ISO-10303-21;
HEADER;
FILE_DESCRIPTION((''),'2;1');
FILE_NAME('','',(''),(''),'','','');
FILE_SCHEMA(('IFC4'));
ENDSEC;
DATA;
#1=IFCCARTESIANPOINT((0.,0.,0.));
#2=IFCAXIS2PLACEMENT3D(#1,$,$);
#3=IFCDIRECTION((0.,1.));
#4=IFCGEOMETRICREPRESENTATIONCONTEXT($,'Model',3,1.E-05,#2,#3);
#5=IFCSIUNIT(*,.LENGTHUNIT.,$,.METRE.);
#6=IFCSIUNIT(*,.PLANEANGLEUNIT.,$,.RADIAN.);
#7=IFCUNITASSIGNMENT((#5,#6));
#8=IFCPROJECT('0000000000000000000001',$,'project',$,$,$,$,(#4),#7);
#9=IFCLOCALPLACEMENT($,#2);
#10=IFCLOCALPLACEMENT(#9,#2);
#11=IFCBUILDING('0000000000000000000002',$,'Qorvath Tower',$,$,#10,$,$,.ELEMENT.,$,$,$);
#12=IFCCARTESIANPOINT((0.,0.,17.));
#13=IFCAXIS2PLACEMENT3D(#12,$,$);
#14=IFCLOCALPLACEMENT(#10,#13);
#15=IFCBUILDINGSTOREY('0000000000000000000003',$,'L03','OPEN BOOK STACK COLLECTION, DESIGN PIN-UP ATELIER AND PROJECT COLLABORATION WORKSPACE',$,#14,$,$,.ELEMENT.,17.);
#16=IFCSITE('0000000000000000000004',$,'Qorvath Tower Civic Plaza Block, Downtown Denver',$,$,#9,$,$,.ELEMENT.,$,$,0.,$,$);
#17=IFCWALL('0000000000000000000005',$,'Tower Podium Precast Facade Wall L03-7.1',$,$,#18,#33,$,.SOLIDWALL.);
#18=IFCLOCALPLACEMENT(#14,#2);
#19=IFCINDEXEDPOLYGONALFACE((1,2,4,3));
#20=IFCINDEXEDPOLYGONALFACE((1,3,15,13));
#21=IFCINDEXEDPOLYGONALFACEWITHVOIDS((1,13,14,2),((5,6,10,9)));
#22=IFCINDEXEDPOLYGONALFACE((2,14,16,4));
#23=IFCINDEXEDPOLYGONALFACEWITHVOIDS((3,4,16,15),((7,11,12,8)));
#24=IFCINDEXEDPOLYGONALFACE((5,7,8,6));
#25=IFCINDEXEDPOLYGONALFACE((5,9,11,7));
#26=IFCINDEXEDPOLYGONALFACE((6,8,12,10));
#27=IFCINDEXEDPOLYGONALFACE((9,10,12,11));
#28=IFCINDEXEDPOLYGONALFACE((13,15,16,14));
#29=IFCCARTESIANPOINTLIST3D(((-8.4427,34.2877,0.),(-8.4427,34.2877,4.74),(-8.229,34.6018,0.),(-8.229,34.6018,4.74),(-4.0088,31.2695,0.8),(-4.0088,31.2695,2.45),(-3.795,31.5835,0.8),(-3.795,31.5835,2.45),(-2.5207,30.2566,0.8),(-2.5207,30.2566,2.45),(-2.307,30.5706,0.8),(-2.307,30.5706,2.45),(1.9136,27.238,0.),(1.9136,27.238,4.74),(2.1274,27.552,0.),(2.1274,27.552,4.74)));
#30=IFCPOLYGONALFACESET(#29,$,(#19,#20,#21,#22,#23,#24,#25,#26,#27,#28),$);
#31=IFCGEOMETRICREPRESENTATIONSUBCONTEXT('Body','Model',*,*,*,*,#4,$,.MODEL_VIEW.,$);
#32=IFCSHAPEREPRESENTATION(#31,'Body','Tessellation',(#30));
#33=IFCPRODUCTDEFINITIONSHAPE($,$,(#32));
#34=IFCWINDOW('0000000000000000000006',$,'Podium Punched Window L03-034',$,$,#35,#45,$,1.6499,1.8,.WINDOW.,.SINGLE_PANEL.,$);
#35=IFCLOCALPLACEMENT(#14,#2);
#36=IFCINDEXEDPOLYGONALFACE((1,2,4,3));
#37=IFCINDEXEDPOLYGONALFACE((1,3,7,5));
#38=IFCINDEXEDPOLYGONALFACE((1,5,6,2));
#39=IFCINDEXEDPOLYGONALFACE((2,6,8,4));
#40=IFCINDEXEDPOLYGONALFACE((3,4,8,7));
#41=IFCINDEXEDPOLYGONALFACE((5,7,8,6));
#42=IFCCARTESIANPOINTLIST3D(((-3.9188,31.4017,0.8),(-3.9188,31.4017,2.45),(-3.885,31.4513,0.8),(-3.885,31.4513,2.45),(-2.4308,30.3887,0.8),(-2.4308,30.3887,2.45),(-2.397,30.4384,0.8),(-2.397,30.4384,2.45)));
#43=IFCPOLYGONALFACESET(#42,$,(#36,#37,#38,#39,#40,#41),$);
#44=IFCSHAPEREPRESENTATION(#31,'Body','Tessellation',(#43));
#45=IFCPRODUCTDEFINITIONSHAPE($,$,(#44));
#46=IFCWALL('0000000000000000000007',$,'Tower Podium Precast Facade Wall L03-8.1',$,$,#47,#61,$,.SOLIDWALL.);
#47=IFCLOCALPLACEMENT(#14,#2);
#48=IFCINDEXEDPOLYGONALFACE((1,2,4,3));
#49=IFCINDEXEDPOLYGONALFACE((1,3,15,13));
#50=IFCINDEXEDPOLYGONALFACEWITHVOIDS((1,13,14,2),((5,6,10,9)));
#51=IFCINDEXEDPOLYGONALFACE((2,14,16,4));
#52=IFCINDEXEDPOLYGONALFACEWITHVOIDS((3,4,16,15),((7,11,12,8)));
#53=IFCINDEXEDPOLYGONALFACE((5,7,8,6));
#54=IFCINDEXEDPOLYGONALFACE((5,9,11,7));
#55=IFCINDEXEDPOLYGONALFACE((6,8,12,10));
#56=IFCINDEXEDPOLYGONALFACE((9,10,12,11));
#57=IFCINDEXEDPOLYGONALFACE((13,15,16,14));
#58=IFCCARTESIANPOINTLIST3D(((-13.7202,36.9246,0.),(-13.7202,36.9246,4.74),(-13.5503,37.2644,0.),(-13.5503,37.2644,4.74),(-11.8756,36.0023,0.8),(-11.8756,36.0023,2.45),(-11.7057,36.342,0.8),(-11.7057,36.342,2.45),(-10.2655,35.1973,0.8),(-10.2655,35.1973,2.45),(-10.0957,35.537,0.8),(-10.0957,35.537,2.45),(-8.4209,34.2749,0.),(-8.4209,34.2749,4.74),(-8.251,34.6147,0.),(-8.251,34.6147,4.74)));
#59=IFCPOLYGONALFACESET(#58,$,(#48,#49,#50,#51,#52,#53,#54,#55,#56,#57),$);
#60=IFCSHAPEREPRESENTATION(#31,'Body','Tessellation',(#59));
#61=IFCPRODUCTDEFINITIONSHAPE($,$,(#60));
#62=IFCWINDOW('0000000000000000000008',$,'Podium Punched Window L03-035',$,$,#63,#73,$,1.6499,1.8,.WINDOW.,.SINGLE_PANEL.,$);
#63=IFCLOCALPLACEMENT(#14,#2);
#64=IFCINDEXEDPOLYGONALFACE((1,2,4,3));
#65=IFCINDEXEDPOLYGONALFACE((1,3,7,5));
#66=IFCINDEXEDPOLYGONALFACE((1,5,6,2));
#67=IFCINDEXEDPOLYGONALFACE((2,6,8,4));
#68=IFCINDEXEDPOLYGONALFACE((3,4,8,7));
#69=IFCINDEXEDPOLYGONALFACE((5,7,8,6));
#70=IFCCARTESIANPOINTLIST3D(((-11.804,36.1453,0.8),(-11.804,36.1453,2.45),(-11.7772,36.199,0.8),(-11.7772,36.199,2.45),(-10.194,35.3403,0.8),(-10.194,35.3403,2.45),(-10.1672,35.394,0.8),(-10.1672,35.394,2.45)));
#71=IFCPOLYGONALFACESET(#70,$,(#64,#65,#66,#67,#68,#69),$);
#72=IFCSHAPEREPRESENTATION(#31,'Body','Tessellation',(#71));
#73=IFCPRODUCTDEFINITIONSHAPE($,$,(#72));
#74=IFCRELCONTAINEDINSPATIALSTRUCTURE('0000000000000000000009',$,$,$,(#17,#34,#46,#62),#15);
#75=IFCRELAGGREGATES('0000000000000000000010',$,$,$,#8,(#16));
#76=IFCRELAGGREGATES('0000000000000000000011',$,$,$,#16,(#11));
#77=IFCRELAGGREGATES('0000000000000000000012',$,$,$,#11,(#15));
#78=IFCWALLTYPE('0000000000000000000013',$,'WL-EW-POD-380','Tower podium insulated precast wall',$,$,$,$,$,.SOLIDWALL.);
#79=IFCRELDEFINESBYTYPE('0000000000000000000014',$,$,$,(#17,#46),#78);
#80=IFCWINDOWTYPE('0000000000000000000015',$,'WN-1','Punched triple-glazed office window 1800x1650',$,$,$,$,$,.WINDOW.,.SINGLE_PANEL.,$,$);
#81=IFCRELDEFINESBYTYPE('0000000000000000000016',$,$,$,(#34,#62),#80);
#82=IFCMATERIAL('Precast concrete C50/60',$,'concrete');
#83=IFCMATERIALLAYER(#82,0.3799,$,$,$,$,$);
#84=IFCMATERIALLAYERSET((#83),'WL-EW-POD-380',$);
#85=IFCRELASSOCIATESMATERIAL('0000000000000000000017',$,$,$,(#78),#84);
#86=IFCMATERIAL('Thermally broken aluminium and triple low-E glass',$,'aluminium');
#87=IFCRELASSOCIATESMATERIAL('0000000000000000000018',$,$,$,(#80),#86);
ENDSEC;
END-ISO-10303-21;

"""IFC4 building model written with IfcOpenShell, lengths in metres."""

from ifc_helpers import new_model, si_unit, direction, frame, frame_2d, origin, place, context, subcontext, project, spatial, rectangle, extrude, material, layer, layer_set, type_object, element, fill, save


model = new_model("IFC4")

# Units and contexts
model_context = context("Model", 3, precision=1e-05, world=origin(), true_north=direction((0.0, 1.0)))
body_context = subcontext(model_context, "Body", "Model", "MODEL_VIEW")
ifc_project = project(units=[si_unit("LENGTHUNIT", "METRE"), si_unit("PLANEANGLEUNIT", "RADIAN")], contexts=[model_context])

# Site, building, storey
site_placement = place(None, origin())
site = spatial("IfcSite", under=ifc_project, at=site_placement, Name="Qorvath Tower Civic Plaza Block, Downtown Denver", CompositionType="ELEMENT", RefElevation=0.0)
building_placement = place(site_placement, origin())
building = spatial("IfcBuilding", under=site, at=building_placement, Name="Qorvath Tower", CompositionType="ELEMENT")
storey_placement = place(building_placement, frame((0.0, 0.0, 17.0)))
storey = spatial("IfcBuildingStorey", under=building, at=storey_placement, Name="L03", Description="OPEN BOOK STACK COLLECTION, DESIGN PIN-UP ATELIER AND PROJECT COLLABORATION WORKSPACE", CompositionType="ELEMENT", Elevation=17.0)

# Walls, openings, windows
ifc_material_1 = material(Name="Precast concrete C50/60", Category="concrete")
ifc_layer_1 = layer(ifc_material_1, 0.3799)
ifc_layer_set_1 = layer_set([ifc_layer_1], Name="WL-EW-POD-380")
wall_type_1 = type_object("IfcWallType", Name="WL-EW-POD-380", Description="Tower podium insulated precast wall", PredefinedType="SOLIDWALL", material=ifc_layer_set_1)
ifc_material_2 = material(Name="Thermally broken aluminium and triple low-E glass", Category="aluminium")
window_type = type_object("IfcWindowType", Name="WN-1", Description="Punched triple-glazed office window 1800x1650", PartitioningType="SINGLE_PANEL", PredefinedType="WINDOW", material=ifc_material_2)
wall_1_placement = place(storey_placement, frame((-8.3359, 34.4448, 0.0), z_axis=(0.0, 0.0, 1.0), x_axis=(0.826651, -0.562715, 0.0)))
wall_1 = element("IfcWall", 1, at=wall_1_placement, inside=storey, type_object=wall_type_1, Name="Tower Podium Precast Facade Wall L03-7.1", PredefinedType="SOLIDWALL", context=body_context, shape_type="SweptSolid", body=[
    extrude(rectangle(XDim=12.5281, YDim=0.3799, at=frame_2d((6.2642, 0.0))), origin(), (0.0, 0.0, 1.0), 4.74),
])
opening_1_placement = place(wall_1_placement, frame((5.364, 0.0, 0.8)))
opening_1 = element("IfcOpeningElement", 2, at=opening_1_placement, cuts=wall_1, PredefinedType="OPENING", context=body_context, shape_type="SweptSolid", body=[
    extrude(rectangle(XDim=1.8, YDim=1.6499, at=frame_2d((0.8999, 0.825))), frame((0.0, 0.2, 0.0), z_axis=(0.0, -1.0, 0.0), x_axis=(1.0, 0.0, 0.0)), (0.0, 0.0, 1.0), 0.3999),
])
window_1_placement = place(opening_1_placement, origin())
window_1 = element("IfcWindow", 3, at=window_1_placement, inside=storey, type_object=window_type, Name="Podium Punched Window L03-034", OverallHeight=1.6499, OverallWidth=1.8, PartitioningType="SINGLE_PANEL", PredefinedType="WINDOW", context=body_context, shape_type="SweptSolid", body=[
    extrude(rectangle(XDim=1.8, YDim=1.6499, at=frame_2d((0.8999, 0.825))), frame((0.0, 0.03, 0.0), z_axis=(0.0, -1.0, 0.0), x_axis=(1.0, 0.0, 0.0)), (0.0, 0.0, 1.0), 0.0601),
])
fill(opening_1, window_1)
wall_2_placement = place(storey_placement, frame((-13.6353, 37.0945, 0.0), z_axis=(0.0, 0.0, 1.0), x_axis=(0.894427, -0.447214, 0.0)))
wall_2 = element("IfcWall", 4, at=wall_2_placement, inside=storey, type_object=wall_type_1, Name="Tower Podium Precast Facade Wall L03-8.1", PredefinedType="SOLIDWALL", context=body_context, shape_type="SweptSolid", body=[
    extrude(rectangle(XDim=5.9248, YDim=0.3799, at=frame_2d((2.9624, 0.0))), origin(), (0.0, 0.0, 1.0), 4.74),
])
opening_2_placement = place(wall_2_placement, frame((2.0625, 0.0, 0.8)))
opening_2 = element("IfcOpeningElement", 5, at=opening_2_placement, cuts=wall_2, PredefinedType="OPENING", context=body_context, shape_type="SweptSolid", body=[
    extrude(rectangle(XDim=1.8, YDim=1.6499, at=frame_2d((0.8999, 0.825))), frame((0.0, 0.2, 0.0), z_axis=(0.0, -1.0, 0.0), x_axis=(1.0, 0.0, 0.0)), (0.0, 0.0, 1.0), 0.3999),
])
window_2_placement = place(opening_2_placement, origin())
window_2 = element("IfcWindow", 6, at=window_2_placement, inside=storey, type_object=window_type, Name="Podium Punched Window L03-035", OverallHeight=1.6499, OverallWidth=1.8, PartitioningType="SINGLE_PANEL", PredefinedType="WINDOW", context=body_context, shape_type="SweptSolid", body=[
    extrude(rectangle(XDim=1.8, YDim=1.6499, at=frame_2d((0.8999, 0.825))), frame((0.0, 0.03, 0.0), z_axis=(0.0, -1.0, 0.0), x_axis=(1.0, 0.0, 0.0)), (0.0, 0.0, 1.0), 0.0601),
])
fill(opening_2, window_2)

save(model, "model.ifc")
